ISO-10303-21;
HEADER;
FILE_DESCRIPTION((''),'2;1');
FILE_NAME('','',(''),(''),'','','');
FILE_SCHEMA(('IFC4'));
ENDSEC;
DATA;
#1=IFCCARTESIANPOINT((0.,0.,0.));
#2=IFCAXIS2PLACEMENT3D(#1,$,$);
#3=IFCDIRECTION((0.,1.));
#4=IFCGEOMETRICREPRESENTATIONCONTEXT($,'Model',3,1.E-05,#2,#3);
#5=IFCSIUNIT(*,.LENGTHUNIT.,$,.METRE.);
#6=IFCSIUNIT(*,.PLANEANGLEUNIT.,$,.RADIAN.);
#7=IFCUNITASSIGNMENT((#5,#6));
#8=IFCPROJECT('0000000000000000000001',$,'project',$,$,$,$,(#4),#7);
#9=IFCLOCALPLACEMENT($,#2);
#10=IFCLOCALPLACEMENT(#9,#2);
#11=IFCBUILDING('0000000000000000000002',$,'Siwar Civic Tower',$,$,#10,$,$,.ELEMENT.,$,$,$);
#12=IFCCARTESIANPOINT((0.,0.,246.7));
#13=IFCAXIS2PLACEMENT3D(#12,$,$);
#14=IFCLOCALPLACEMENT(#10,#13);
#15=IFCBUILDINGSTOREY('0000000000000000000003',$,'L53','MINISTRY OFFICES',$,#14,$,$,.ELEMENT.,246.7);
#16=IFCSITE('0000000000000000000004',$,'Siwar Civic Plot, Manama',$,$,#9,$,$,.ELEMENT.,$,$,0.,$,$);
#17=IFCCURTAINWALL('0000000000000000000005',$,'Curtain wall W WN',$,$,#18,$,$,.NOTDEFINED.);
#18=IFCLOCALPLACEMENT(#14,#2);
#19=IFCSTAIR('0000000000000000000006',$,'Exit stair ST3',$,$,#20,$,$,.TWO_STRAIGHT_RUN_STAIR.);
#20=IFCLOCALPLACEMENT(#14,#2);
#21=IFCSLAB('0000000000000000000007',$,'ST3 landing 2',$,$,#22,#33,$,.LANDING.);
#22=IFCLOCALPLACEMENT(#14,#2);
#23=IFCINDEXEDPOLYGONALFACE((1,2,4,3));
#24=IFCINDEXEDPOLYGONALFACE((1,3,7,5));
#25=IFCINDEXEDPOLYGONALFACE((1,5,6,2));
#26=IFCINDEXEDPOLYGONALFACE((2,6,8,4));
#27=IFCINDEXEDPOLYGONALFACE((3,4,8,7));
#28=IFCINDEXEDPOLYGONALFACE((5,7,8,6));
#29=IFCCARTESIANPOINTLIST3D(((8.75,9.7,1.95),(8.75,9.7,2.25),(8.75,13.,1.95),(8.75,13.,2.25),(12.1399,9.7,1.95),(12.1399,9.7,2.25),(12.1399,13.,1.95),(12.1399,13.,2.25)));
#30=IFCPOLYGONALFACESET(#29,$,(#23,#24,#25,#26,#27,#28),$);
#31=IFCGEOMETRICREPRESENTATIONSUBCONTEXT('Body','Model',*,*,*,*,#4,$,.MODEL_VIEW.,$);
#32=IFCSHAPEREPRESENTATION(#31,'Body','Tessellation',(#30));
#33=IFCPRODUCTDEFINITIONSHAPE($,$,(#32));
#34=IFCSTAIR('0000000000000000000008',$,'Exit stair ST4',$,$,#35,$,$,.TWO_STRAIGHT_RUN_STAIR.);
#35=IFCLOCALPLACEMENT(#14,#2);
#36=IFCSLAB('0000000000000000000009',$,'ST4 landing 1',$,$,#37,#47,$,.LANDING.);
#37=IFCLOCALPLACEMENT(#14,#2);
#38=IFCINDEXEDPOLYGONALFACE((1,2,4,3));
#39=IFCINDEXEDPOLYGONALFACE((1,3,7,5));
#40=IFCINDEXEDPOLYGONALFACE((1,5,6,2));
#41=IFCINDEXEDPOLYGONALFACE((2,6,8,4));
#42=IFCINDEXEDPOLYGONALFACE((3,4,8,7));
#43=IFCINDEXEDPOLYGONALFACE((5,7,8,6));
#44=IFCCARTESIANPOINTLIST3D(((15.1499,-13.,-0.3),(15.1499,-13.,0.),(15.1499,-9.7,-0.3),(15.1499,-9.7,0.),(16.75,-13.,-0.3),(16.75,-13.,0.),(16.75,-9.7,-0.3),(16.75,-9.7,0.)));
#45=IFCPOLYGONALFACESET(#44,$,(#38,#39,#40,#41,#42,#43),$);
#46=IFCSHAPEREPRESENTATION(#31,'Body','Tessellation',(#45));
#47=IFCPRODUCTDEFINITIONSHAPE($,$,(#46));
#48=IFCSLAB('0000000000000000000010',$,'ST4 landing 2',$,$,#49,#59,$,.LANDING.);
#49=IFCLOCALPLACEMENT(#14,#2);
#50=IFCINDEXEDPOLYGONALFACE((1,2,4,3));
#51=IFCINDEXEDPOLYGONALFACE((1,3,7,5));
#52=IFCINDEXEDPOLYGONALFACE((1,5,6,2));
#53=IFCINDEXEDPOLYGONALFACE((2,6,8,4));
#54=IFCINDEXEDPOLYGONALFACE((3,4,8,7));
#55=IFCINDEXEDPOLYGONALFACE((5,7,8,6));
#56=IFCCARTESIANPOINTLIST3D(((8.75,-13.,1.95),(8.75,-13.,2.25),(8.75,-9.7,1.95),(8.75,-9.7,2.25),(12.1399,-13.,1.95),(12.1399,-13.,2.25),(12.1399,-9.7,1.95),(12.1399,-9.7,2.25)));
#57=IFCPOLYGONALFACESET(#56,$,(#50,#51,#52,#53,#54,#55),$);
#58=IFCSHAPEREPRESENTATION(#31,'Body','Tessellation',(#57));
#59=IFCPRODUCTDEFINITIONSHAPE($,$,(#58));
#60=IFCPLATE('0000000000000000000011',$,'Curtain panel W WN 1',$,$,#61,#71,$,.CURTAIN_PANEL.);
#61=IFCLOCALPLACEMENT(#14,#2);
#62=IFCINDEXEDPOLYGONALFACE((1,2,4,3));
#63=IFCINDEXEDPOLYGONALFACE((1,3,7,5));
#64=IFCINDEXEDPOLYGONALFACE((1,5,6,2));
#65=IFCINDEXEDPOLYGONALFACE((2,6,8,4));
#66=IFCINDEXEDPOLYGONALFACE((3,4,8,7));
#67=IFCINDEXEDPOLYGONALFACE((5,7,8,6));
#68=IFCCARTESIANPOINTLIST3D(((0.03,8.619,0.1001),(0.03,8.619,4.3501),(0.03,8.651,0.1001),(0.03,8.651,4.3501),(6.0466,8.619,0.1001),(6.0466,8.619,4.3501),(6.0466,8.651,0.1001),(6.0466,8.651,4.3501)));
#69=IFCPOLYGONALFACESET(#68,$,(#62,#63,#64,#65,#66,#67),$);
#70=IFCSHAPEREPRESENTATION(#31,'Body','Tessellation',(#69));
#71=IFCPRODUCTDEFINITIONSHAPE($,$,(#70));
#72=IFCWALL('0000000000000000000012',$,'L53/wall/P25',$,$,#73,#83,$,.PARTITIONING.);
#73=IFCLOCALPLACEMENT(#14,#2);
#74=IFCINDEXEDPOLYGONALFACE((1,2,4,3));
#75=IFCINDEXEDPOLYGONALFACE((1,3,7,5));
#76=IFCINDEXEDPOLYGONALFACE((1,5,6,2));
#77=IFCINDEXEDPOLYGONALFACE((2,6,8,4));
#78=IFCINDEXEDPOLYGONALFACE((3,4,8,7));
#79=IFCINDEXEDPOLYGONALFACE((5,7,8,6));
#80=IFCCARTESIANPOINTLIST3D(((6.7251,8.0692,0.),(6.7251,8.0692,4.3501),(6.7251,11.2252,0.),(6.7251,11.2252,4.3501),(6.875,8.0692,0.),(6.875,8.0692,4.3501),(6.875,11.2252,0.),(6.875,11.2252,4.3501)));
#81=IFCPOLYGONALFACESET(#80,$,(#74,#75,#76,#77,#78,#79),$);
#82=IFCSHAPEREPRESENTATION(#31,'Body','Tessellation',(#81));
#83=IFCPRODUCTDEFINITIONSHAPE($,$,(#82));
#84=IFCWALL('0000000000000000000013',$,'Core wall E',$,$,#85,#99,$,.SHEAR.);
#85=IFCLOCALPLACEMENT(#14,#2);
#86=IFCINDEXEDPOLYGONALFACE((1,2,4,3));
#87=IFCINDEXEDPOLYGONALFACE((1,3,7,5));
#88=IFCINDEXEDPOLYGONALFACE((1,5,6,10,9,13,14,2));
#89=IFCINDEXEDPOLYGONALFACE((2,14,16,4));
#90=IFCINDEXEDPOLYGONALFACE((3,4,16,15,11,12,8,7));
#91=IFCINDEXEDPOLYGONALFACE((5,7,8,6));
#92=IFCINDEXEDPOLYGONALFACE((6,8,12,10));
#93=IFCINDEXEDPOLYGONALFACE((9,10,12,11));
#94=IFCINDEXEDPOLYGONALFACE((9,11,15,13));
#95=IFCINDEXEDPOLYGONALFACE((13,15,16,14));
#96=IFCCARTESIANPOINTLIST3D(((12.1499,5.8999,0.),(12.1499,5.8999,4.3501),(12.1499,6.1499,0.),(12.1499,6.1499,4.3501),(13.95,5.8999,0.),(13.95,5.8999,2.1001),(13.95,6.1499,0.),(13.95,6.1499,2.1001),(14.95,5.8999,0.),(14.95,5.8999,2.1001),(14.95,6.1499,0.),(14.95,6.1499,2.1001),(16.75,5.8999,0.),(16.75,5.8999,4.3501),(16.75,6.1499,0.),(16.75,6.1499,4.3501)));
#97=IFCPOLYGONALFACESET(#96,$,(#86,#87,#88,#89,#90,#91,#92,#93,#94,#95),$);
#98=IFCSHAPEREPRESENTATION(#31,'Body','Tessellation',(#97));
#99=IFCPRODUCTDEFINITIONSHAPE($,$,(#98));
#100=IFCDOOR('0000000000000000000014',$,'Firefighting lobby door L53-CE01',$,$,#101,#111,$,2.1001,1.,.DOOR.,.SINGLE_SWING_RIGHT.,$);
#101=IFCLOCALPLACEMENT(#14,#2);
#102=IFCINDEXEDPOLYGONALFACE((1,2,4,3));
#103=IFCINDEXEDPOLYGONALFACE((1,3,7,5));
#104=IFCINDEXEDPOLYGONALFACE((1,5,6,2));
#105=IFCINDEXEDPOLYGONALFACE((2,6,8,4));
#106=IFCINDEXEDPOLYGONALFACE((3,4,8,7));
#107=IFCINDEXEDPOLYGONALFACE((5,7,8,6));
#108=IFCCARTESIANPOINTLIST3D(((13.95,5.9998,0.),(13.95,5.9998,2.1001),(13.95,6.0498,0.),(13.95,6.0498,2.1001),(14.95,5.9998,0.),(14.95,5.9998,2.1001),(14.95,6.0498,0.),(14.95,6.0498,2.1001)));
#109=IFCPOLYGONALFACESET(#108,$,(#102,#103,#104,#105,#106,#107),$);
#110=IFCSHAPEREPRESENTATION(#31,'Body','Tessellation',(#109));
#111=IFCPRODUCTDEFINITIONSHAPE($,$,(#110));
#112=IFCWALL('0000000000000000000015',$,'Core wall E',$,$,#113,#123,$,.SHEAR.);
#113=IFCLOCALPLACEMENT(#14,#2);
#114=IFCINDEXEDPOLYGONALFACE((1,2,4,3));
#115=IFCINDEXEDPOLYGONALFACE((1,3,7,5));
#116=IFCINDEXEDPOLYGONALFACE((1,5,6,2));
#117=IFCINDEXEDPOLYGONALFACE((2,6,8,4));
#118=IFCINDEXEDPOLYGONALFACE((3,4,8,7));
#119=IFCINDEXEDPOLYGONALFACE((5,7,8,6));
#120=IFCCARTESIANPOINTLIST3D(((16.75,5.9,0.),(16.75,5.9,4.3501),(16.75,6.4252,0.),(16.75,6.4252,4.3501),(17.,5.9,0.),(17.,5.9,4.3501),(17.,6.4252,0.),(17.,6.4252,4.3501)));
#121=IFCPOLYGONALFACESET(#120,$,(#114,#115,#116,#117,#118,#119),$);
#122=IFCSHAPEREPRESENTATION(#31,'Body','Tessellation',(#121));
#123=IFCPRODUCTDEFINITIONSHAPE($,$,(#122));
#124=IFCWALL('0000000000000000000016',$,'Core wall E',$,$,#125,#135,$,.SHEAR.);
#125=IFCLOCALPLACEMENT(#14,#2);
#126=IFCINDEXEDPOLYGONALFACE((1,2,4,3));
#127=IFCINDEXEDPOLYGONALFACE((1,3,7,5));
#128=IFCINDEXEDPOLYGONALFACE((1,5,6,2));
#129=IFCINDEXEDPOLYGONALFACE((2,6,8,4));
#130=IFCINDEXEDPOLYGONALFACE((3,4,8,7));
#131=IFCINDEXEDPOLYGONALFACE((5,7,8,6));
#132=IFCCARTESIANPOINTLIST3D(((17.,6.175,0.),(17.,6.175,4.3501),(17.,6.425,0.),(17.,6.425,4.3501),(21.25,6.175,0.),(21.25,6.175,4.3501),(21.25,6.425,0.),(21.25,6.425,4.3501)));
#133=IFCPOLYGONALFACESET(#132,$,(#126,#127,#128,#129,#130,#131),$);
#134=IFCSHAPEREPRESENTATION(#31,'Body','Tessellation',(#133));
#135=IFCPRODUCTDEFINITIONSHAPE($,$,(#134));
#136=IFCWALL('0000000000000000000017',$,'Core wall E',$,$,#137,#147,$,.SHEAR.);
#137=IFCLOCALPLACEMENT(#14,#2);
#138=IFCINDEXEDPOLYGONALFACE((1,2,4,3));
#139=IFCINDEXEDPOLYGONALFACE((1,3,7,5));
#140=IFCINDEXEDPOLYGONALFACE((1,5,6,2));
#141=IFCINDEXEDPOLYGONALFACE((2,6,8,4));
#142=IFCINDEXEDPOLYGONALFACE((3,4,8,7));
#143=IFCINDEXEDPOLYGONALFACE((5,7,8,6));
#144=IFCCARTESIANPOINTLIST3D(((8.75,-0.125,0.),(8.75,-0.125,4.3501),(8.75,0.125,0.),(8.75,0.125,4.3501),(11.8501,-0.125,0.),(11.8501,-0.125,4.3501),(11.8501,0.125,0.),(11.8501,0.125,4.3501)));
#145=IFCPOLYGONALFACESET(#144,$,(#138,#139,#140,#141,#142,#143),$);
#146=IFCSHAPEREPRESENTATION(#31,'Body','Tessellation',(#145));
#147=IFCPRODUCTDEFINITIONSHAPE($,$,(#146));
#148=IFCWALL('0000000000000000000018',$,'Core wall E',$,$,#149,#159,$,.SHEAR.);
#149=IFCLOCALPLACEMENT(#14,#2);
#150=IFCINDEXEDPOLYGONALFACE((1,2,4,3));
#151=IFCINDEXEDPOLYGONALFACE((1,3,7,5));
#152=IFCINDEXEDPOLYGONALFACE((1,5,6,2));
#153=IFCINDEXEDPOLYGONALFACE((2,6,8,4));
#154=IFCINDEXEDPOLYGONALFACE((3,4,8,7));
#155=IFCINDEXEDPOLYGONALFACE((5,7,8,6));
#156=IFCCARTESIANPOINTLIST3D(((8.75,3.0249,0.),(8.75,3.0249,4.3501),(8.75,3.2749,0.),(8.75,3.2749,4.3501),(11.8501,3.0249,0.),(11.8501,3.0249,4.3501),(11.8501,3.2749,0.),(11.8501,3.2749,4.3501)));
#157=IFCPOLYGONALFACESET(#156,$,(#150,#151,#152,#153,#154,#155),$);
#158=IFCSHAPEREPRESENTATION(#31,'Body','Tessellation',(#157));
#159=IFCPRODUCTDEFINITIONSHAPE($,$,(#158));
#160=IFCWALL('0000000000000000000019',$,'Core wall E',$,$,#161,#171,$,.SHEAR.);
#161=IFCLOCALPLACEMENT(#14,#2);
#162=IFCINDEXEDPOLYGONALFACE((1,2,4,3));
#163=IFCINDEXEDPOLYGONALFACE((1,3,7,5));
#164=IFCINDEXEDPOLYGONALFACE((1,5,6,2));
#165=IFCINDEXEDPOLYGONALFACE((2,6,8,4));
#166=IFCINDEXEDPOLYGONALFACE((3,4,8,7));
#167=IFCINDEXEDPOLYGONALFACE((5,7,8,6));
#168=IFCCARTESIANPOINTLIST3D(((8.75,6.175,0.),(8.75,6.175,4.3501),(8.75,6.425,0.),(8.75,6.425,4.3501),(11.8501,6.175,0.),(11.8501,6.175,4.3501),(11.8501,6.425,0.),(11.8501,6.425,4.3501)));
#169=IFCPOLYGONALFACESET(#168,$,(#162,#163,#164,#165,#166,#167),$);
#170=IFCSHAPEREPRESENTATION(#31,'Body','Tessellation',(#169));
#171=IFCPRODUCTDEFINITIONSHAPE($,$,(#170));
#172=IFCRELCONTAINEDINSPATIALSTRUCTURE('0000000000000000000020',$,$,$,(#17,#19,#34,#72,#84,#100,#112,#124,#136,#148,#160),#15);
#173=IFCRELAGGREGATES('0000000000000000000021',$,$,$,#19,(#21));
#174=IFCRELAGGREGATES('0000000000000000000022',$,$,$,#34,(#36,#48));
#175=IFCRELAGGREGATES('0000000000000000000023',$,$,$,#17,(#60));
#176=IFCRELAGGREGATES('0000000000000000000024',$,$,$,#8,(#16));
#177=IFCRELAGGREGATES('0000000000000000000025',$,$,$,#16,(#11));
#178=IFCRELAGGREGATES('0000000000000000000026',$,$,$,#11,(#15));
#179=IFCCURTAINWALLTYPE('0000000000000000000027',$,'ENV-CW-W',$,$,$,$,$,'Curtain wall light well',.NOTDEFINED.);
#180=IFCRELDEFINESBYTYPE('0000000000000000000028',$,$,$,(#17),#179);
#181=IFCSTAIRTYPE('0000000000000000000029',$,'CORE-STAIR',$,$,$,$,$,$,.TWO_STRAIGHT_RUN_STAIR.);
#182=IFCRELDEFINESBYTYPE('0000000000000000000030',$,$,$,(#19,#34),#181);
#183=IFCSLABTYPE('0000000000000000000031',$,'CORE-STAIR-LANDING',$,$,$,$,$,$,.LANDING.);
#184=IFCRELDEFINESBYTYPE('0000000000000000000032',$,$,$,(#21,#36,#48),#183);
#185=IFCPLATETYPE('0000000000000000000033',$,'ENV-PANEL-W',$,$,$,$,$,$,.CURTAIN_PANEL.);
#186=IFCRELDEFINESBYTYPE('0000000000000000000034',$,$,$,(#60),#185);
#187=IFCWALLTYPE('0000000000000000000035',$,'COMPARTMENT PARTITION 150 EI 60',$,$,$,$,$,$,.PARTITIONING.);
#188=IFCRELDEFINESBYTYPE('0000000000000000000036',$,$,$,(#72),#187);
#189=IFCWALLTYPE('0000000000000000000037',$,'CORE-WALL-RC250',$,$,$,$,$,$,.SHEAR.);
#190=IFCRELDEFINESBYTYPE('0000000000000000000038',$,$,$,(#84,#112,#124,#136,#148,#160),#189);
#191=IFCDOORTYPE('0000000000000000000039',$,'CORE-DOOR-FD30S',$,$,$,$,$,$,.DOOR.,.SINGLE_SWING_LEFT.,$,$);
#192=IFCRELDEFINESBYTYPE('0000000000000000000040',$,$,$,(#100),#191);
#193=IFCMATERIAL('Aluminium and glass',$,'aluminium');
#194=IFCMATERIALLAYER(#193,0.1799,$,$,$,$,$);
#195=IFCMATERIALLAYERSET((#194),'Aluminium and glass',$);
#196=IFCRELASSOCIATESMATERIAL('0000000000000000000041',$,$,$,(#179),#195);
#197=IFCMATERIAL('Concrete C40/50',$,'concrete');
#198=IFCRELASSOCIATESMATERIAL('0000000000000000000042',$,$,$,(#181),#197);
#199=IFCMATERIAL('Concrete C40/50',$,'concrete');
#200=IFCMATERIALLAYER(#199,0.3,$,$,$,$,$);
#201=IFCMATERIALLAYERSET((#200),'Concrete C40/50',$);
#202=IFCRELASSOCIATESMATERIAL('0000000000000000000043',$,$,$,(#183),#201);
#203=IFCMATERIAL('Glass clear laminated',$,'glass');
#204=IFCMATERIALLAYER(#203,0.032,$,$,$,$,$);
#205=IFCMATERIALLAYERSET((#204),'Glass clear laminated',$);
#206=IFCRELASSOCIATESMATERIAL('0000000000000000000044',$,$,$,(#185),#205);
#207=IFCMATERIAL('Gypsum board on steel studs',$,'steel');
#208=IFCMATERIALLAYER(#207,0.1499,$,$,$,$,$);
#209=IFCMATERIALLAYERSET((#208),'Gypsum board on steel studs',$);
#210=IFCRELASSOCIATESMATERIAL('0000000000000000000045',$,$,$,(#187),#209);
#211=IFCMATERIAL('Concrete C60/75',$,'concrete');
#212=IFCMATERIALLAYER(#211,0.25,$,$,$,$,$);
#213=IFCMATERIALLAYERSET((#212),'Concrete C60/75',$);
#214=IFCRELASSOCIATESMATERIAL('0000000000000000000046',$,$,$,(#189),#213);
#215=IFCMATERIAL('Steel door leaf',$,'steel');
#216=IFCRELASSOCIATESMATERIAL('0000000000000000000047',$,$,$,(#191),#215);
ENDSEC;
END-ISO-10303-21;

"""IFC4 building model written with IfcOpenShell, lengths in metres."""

from ifc_helpers import new_model, si_unit, direction, frame, frame_2d, origin, origin_2d, place, context, subcontext, project, spatial, polyline, rectangle, outline, extrude, material, layer, layer_set, type_object, element, fill, aggregate, save


model = new_model("IFC4")

# Units and contexts
model_context = context("Model", 3, precision=1e-05, world=origin(), true_north=direction((0.0, 1.0)))
body_context = subcontext(model_context, "Body", "Model", "MODEL_VIEW")
ifc_project = project(units=[si_unit("LENGTHUNIT", "METRE"), si_unit("PLANEANGLEUNIT", "RADIAN")], contexts=[model_context])

# Site, building, storey
site_placement = place(None, origin())
site = spatial("IfcSite", under=ifc_project, at=site_placement, Name="Siwar Civic Plot, Manama", CompositionType="ELEMENT", RefElevation=0.0)
building_placement = place(site_placement, origin())
building = spatial("IfcBuilding", under=site, at=building_placement, Name="Siwar Civic Tower", CompositionType="ELEMENT")
storey_placement = place(building_placement, frame((0.0, 0.0, 246.7)))
storey = spatial("IfcBuildingStorey", under=building, at=storey_placement, Name="L53", Description="MINISTRY OFFICES", CompositionType="ELEMENT", Elevation=246.7)

# Curtain wall
ifc_material_1 = material(Name="Aluminium and glass", Category="aluminium")
ifc_layer_1 = layer(ifc_material_1, 0.1799)
ifc_layer_set_1 = layer_set([ifc_layer_1], Name="Aluminium and glass")
curtain_wall_type = type_object("IfcCurtainWallType", Name="ENV-CW-W", ElementType="Curtain wall light well", PredefinedType="NOTDEFINED", material=ifc_layer_set_1)
curtain_wall_placement = place(storey_placement, origin())
curtain_wall = element("IfcCurtainWall", 1, at=curtain_wall_placement, inside=storey, type_object=curtain_wall_type, Name="Curtain wall W WN", PredefinedType="NOTDEFINED")

# Stairs, slabs
ifc_material_2 = material(Name="Concrete C40/50", Category="concrete")
stair_type = type_object("IfcStairType", Name="CORE-STAIR", PredefinedType="TWO_STRAIGHT_RUN_STAIR", material=ifc_material_2)
stair_1_placement = place(storey_placement, origin())
stair_1 = element("IfcStair", 2, at=stair_1_placement, inside=storey, type_object=stair_type, Name="Exit stair ST3", PredefinedType="TWO_STRAIGHT_RUN_STAIR")
ifc_material_3 = material(Name="Concrete C40/50", Category="concrete")
ifc_layer_2 = layer(ifc_material_3, 0.3)
ifc_layer_set_2 = layer_set([ifc_layer_2], Name="Concrete C40/50")
slab_type = type_object("IfcSlabType", Name="CORE-STAIR-LANDING", PredefinedType="LANDING", material=ifc_layer_set_2)
slab_1_placement = place(storey_placement, frame((0.0, 0.0, 1.95)))
slab_1 = element("IfcSlab", 3, at=slab_1_placement, type_object=slab_type, Name="ST3 landing 2", PredefinedType="LANDING", context=body_context, shape_type="SweptSolid", body=[
    extrude(outline(polyline([(8.75, 9.7), (12.1399, 9.7), (12.1399, 13.0), (8.75, 13.0), (8.75, 9.7)])), origin(), (0.0, 0.0, 1.0), 0.3),
])
aggregate(stair_1, [slab_1])
stair_2_placement = place(storey_placement, origin())
stair_2 = element("IfcStair", 4, at=stair_2_placement, inside=storey, type_object=stair_type, Name="Exit stair ST4", PredefinedType="TWO_STRAIGHT_RUN_STAIR")
slab_2_placement = place(storey_placement, frame((0.0, 0.0, -0.3)))
slab_2 = element("IfcSlab", 5, at=slab_2_placement, type_object=slab_type, Name="ST4 landing 1", PredefinedType="LANDING", context=body_context, shape_type="SweptSolid", body=[
    extrude(outline(polyline([(15.1499, -13.0), (16.75, -13.0), (16.75, -9.7), (15.1499, -9.7), (15.1499, -13.0)])), origin(), (0.0, 0.0, 1.0), 0.3),
])
slab_3_placement = place(storey_placement, frame((0.0, 0.0, 1.95)))
slab_3 = element("IfcSlab", 6, at=slab_3_placement, type_object=slab_type, Name="ST4 landing 2", PredefinedType="LANDING", context=body_context, shape_type="SweptSolid", body=[
    extrude(outline(polyline([(8.75, -13.0), (12.1399, -13.0), (12.1399, -9.7), (8.75, -9.7), (8.75, -13.0)])), origin(), (0.0, 0.0, 1.0), 0.3),
])
aggregate(stair_2, [slab_2, slab_3])

# Plate
ifc_material_4 = material(Name="Glass clear laminated", Category="glass")
ifc_layer_3 = layer(ifc_material_4, 0.032)
ifc_layer_set_3 = layer_set([ifc_layer_3], Name="Glass clear laminated")
plate_type = type_object("IfcPlateType", Name="ENV-PANEL-W", PredefinedType="CURTAIN_PANEL", material=ifc_layer_set_3)
plate_placement = place(storey_placement, frame((3.0383, 8.635, 0.1001), z_axis=(0.0, 0.0, 1.0), x_axis=(-1.0, 0.0, 0.0)))
plate = element("IfcPlate", 7, at=plate_placement, type_object=plate_type, Name="Curtain panel W WN 1", PredefinedType="CURTAIN_PANEL", context=body_context, shape_type="SweptSolid", body=[
    extrude(rectangle(XDim=6.0166, YDim=0.032, at=origin_2d()), origin(), (0.0, 0.0, 1.0), 4.25),
])
aggregate(curtain_wall, [plate])

# Wall
ifc_material_5 = material(Name="Gypsum board on steel studs", Category="steel")
ifc_layer_4 = layer(ifc_material_5, 0.1499)
ifc_layer_set_4 = layer_set([ifc_layer_4], Name="Gypsum board on steel studs")
wall_type_1 = type_object("IfcWallType", Name="COMPARTMENT PARTITION 150 EI 60", PredefinedType="PARTITIONING", material=ifc_layer_set_4)
wall_1_placement = place(storey_placement, frame((6.8, 8.0691, 0.0), z_axis=(0.0, 0.0, 1.0), x_axis=(0.0, 1.0, 0.0)))
element("IfcWall", 8, at=wall_1_placement, inside=storey, type_object=wall_type_1, Name="L53/wall/P25", PredefinedType="PARTITIONING", context=body_context, shape_type="SweptSolid", body=[
    extrude(rectangle(XDim=3.156, YDim=0.1499, at=frame_2d((1.5781, 0.0))), origin(), (0.0, 0.0, 1.0), 4.3501),
])

# Wall, opening, door
ifc_material_6 = material(Name="Concrete C60/75", Category="concrete")
ifc_layer_5 = layer(ifc_material_6, 0.25)
ifc_layer_set_5 = layer_set([ifc_layer_5], Name="Concrete C60/75")
wall_type_2 = type_object("IfcWallType", Name="CORE-WALL-RC250", PredefinedType="SHEAR", material=ifc_layer_set_5)
wall_2_placement = place(storey_placement, frame((12.1499, 6.0249, 0.0), z_axis=(0.0, 0.0, 1.0), x_axis=(1.0, 0.0, 0.0)))
wall_2 = element("IfcWall", 9, at=wall_2_placement, inside=storey, type_object=wall_type_2, Name="Core wall E", PredefinedType="SHEAR", context=body_context, shape_type="SweptSolid", body=[
    extrude(rectangle(XDim=4.6001, YDim=0.25, at=frame_2d((2.3, 0.0))), origin(), (0.0, 0.0, 1.0), 4.3501),
])
opening_1_placement = place(wall_2_placement, frame((1.8, 0.0, 0.0)))
opening_1 = element("IfcOpeningElement", 10, at=opening_1_placement, cuts=wall_2, PredefinedType="OPENING", context=body_context, shape_type="SweptSolid", body=[
    extrude(rectangle(XDim=1.0, YDim=2.1001, at=frame_2d((0.5, 1.05))), frame((0.0, 0.135, 0.0), z_axis=(0.0, -1.0, 0.0), x_axis=(1.0, 0.0, 0.0)), (0.0, 0.0, 1.0), 0.27),
])
ifc_material_7 = material(Name="Steel door leaf", Category="steel")
door_type_1 = type_object("IfcDoorType", Name="CORE-DOOR-FD30S", OperationType="SINGLE_SWING_LEFT", PredefinedType="DOOR", material=ifc_material_7)
door_1_placement = place(opening_1_placement, origin())
door_1 = element("IfcDoor", 11, at=door_1_placement, inside=storey, type_object=door_type_1, Name="Firefighting lobby door L53-CE01", OperationType="SINGLE_SWING_RIGHT", OverallHeight=2.1001, OverallWidth=1.0, PredefinedType="DOOR", context=body_context, shape_type="SweptSolid", body=[
    extrude(rectangle(XDim=1.0, YDim=2.1001, at=frame_2d((0.5, 1.05))), frame((0.0, 0.0249, 0.0), z_axis=(0.0, -1.0, 0.0), x_axis=(1.0, 0.0, 0.0)), (0.0, 0.0, 1.0), 0.05),
])
fill(opening_1, door_1)

# Walls
wall_3_placement = place(storey_placement, frame((16.875, 5.8999, 0.0), z_axis=(0.0, 0.0, 1.0), x_axis=(0.0, 1.0, 0.0)))
element("IfcWall", 12, at=wall_3_placement, inside=storey, type_object=wall_type_2, Name="Core wall E", PredefinedType="SHEAR", context=body_context, shape_type="SweptSolid", body=[
    extrude(rectangle(XDim=0.5251, YDim=0.25, at=frame_2d((0.2627, 0.0))), origin(), (0.0, 0.0, 1.0), 4.3501),
])
wall_4_placement = place(storey_placement, frame((17.0, 6.3, 0.0), z_axis=(0.0, 0.0, 1.0), x_axis=(1.0, 0.0, 0.0)))
element("IfcWall", 13, at=wall_4_placement, inside=storey, type_object=wall_type_2, Name="Core wall E", PredefinedType="SHEAR", context=body_context, shape_type="SweptSolid", body=[
    extrude(rectangle(XDim=4.25, YDim=0.25, at=frame_2d((2.125, 0.0))), origin(), (0.0, 0.0, 1.0), 4.3501),
])
for number, where, z_axis, x_axis, name in (
    (14, (8.75, 0.0, 0.0), (0.0, 0.0, 1.0), (1.0, 0.0, 0.0), "Core wall E"),
    (15, (8.75, 3.1499, 0.0), (0.0, 0.0, 1.0), (1.0, 0.0, 0.0), "Core wall E"),
    (16, (8.75, 6.3, 0.0), (0.0, 0.0, 1.0), (1.0, 0.0, 0.0), "Core wall E"),
):
    element("IfcWall", number, at=place(storey_placement, frame(where, z_axis=z_axis, x_axis=x_axis)), inside=storey, type_object=wall_type_2, Name=name, PredefinedType="SHEAR", context=body_context, shape_type="SweptSolid", body=[
        extrude(rectangle(XDim=3.1001, YDim=0.25, at=frame_2d((1.55, 0.0))), origin(), (0.0, 0.0, 1.0), 4.3501),
    ])

save(model, "model.ifc")
